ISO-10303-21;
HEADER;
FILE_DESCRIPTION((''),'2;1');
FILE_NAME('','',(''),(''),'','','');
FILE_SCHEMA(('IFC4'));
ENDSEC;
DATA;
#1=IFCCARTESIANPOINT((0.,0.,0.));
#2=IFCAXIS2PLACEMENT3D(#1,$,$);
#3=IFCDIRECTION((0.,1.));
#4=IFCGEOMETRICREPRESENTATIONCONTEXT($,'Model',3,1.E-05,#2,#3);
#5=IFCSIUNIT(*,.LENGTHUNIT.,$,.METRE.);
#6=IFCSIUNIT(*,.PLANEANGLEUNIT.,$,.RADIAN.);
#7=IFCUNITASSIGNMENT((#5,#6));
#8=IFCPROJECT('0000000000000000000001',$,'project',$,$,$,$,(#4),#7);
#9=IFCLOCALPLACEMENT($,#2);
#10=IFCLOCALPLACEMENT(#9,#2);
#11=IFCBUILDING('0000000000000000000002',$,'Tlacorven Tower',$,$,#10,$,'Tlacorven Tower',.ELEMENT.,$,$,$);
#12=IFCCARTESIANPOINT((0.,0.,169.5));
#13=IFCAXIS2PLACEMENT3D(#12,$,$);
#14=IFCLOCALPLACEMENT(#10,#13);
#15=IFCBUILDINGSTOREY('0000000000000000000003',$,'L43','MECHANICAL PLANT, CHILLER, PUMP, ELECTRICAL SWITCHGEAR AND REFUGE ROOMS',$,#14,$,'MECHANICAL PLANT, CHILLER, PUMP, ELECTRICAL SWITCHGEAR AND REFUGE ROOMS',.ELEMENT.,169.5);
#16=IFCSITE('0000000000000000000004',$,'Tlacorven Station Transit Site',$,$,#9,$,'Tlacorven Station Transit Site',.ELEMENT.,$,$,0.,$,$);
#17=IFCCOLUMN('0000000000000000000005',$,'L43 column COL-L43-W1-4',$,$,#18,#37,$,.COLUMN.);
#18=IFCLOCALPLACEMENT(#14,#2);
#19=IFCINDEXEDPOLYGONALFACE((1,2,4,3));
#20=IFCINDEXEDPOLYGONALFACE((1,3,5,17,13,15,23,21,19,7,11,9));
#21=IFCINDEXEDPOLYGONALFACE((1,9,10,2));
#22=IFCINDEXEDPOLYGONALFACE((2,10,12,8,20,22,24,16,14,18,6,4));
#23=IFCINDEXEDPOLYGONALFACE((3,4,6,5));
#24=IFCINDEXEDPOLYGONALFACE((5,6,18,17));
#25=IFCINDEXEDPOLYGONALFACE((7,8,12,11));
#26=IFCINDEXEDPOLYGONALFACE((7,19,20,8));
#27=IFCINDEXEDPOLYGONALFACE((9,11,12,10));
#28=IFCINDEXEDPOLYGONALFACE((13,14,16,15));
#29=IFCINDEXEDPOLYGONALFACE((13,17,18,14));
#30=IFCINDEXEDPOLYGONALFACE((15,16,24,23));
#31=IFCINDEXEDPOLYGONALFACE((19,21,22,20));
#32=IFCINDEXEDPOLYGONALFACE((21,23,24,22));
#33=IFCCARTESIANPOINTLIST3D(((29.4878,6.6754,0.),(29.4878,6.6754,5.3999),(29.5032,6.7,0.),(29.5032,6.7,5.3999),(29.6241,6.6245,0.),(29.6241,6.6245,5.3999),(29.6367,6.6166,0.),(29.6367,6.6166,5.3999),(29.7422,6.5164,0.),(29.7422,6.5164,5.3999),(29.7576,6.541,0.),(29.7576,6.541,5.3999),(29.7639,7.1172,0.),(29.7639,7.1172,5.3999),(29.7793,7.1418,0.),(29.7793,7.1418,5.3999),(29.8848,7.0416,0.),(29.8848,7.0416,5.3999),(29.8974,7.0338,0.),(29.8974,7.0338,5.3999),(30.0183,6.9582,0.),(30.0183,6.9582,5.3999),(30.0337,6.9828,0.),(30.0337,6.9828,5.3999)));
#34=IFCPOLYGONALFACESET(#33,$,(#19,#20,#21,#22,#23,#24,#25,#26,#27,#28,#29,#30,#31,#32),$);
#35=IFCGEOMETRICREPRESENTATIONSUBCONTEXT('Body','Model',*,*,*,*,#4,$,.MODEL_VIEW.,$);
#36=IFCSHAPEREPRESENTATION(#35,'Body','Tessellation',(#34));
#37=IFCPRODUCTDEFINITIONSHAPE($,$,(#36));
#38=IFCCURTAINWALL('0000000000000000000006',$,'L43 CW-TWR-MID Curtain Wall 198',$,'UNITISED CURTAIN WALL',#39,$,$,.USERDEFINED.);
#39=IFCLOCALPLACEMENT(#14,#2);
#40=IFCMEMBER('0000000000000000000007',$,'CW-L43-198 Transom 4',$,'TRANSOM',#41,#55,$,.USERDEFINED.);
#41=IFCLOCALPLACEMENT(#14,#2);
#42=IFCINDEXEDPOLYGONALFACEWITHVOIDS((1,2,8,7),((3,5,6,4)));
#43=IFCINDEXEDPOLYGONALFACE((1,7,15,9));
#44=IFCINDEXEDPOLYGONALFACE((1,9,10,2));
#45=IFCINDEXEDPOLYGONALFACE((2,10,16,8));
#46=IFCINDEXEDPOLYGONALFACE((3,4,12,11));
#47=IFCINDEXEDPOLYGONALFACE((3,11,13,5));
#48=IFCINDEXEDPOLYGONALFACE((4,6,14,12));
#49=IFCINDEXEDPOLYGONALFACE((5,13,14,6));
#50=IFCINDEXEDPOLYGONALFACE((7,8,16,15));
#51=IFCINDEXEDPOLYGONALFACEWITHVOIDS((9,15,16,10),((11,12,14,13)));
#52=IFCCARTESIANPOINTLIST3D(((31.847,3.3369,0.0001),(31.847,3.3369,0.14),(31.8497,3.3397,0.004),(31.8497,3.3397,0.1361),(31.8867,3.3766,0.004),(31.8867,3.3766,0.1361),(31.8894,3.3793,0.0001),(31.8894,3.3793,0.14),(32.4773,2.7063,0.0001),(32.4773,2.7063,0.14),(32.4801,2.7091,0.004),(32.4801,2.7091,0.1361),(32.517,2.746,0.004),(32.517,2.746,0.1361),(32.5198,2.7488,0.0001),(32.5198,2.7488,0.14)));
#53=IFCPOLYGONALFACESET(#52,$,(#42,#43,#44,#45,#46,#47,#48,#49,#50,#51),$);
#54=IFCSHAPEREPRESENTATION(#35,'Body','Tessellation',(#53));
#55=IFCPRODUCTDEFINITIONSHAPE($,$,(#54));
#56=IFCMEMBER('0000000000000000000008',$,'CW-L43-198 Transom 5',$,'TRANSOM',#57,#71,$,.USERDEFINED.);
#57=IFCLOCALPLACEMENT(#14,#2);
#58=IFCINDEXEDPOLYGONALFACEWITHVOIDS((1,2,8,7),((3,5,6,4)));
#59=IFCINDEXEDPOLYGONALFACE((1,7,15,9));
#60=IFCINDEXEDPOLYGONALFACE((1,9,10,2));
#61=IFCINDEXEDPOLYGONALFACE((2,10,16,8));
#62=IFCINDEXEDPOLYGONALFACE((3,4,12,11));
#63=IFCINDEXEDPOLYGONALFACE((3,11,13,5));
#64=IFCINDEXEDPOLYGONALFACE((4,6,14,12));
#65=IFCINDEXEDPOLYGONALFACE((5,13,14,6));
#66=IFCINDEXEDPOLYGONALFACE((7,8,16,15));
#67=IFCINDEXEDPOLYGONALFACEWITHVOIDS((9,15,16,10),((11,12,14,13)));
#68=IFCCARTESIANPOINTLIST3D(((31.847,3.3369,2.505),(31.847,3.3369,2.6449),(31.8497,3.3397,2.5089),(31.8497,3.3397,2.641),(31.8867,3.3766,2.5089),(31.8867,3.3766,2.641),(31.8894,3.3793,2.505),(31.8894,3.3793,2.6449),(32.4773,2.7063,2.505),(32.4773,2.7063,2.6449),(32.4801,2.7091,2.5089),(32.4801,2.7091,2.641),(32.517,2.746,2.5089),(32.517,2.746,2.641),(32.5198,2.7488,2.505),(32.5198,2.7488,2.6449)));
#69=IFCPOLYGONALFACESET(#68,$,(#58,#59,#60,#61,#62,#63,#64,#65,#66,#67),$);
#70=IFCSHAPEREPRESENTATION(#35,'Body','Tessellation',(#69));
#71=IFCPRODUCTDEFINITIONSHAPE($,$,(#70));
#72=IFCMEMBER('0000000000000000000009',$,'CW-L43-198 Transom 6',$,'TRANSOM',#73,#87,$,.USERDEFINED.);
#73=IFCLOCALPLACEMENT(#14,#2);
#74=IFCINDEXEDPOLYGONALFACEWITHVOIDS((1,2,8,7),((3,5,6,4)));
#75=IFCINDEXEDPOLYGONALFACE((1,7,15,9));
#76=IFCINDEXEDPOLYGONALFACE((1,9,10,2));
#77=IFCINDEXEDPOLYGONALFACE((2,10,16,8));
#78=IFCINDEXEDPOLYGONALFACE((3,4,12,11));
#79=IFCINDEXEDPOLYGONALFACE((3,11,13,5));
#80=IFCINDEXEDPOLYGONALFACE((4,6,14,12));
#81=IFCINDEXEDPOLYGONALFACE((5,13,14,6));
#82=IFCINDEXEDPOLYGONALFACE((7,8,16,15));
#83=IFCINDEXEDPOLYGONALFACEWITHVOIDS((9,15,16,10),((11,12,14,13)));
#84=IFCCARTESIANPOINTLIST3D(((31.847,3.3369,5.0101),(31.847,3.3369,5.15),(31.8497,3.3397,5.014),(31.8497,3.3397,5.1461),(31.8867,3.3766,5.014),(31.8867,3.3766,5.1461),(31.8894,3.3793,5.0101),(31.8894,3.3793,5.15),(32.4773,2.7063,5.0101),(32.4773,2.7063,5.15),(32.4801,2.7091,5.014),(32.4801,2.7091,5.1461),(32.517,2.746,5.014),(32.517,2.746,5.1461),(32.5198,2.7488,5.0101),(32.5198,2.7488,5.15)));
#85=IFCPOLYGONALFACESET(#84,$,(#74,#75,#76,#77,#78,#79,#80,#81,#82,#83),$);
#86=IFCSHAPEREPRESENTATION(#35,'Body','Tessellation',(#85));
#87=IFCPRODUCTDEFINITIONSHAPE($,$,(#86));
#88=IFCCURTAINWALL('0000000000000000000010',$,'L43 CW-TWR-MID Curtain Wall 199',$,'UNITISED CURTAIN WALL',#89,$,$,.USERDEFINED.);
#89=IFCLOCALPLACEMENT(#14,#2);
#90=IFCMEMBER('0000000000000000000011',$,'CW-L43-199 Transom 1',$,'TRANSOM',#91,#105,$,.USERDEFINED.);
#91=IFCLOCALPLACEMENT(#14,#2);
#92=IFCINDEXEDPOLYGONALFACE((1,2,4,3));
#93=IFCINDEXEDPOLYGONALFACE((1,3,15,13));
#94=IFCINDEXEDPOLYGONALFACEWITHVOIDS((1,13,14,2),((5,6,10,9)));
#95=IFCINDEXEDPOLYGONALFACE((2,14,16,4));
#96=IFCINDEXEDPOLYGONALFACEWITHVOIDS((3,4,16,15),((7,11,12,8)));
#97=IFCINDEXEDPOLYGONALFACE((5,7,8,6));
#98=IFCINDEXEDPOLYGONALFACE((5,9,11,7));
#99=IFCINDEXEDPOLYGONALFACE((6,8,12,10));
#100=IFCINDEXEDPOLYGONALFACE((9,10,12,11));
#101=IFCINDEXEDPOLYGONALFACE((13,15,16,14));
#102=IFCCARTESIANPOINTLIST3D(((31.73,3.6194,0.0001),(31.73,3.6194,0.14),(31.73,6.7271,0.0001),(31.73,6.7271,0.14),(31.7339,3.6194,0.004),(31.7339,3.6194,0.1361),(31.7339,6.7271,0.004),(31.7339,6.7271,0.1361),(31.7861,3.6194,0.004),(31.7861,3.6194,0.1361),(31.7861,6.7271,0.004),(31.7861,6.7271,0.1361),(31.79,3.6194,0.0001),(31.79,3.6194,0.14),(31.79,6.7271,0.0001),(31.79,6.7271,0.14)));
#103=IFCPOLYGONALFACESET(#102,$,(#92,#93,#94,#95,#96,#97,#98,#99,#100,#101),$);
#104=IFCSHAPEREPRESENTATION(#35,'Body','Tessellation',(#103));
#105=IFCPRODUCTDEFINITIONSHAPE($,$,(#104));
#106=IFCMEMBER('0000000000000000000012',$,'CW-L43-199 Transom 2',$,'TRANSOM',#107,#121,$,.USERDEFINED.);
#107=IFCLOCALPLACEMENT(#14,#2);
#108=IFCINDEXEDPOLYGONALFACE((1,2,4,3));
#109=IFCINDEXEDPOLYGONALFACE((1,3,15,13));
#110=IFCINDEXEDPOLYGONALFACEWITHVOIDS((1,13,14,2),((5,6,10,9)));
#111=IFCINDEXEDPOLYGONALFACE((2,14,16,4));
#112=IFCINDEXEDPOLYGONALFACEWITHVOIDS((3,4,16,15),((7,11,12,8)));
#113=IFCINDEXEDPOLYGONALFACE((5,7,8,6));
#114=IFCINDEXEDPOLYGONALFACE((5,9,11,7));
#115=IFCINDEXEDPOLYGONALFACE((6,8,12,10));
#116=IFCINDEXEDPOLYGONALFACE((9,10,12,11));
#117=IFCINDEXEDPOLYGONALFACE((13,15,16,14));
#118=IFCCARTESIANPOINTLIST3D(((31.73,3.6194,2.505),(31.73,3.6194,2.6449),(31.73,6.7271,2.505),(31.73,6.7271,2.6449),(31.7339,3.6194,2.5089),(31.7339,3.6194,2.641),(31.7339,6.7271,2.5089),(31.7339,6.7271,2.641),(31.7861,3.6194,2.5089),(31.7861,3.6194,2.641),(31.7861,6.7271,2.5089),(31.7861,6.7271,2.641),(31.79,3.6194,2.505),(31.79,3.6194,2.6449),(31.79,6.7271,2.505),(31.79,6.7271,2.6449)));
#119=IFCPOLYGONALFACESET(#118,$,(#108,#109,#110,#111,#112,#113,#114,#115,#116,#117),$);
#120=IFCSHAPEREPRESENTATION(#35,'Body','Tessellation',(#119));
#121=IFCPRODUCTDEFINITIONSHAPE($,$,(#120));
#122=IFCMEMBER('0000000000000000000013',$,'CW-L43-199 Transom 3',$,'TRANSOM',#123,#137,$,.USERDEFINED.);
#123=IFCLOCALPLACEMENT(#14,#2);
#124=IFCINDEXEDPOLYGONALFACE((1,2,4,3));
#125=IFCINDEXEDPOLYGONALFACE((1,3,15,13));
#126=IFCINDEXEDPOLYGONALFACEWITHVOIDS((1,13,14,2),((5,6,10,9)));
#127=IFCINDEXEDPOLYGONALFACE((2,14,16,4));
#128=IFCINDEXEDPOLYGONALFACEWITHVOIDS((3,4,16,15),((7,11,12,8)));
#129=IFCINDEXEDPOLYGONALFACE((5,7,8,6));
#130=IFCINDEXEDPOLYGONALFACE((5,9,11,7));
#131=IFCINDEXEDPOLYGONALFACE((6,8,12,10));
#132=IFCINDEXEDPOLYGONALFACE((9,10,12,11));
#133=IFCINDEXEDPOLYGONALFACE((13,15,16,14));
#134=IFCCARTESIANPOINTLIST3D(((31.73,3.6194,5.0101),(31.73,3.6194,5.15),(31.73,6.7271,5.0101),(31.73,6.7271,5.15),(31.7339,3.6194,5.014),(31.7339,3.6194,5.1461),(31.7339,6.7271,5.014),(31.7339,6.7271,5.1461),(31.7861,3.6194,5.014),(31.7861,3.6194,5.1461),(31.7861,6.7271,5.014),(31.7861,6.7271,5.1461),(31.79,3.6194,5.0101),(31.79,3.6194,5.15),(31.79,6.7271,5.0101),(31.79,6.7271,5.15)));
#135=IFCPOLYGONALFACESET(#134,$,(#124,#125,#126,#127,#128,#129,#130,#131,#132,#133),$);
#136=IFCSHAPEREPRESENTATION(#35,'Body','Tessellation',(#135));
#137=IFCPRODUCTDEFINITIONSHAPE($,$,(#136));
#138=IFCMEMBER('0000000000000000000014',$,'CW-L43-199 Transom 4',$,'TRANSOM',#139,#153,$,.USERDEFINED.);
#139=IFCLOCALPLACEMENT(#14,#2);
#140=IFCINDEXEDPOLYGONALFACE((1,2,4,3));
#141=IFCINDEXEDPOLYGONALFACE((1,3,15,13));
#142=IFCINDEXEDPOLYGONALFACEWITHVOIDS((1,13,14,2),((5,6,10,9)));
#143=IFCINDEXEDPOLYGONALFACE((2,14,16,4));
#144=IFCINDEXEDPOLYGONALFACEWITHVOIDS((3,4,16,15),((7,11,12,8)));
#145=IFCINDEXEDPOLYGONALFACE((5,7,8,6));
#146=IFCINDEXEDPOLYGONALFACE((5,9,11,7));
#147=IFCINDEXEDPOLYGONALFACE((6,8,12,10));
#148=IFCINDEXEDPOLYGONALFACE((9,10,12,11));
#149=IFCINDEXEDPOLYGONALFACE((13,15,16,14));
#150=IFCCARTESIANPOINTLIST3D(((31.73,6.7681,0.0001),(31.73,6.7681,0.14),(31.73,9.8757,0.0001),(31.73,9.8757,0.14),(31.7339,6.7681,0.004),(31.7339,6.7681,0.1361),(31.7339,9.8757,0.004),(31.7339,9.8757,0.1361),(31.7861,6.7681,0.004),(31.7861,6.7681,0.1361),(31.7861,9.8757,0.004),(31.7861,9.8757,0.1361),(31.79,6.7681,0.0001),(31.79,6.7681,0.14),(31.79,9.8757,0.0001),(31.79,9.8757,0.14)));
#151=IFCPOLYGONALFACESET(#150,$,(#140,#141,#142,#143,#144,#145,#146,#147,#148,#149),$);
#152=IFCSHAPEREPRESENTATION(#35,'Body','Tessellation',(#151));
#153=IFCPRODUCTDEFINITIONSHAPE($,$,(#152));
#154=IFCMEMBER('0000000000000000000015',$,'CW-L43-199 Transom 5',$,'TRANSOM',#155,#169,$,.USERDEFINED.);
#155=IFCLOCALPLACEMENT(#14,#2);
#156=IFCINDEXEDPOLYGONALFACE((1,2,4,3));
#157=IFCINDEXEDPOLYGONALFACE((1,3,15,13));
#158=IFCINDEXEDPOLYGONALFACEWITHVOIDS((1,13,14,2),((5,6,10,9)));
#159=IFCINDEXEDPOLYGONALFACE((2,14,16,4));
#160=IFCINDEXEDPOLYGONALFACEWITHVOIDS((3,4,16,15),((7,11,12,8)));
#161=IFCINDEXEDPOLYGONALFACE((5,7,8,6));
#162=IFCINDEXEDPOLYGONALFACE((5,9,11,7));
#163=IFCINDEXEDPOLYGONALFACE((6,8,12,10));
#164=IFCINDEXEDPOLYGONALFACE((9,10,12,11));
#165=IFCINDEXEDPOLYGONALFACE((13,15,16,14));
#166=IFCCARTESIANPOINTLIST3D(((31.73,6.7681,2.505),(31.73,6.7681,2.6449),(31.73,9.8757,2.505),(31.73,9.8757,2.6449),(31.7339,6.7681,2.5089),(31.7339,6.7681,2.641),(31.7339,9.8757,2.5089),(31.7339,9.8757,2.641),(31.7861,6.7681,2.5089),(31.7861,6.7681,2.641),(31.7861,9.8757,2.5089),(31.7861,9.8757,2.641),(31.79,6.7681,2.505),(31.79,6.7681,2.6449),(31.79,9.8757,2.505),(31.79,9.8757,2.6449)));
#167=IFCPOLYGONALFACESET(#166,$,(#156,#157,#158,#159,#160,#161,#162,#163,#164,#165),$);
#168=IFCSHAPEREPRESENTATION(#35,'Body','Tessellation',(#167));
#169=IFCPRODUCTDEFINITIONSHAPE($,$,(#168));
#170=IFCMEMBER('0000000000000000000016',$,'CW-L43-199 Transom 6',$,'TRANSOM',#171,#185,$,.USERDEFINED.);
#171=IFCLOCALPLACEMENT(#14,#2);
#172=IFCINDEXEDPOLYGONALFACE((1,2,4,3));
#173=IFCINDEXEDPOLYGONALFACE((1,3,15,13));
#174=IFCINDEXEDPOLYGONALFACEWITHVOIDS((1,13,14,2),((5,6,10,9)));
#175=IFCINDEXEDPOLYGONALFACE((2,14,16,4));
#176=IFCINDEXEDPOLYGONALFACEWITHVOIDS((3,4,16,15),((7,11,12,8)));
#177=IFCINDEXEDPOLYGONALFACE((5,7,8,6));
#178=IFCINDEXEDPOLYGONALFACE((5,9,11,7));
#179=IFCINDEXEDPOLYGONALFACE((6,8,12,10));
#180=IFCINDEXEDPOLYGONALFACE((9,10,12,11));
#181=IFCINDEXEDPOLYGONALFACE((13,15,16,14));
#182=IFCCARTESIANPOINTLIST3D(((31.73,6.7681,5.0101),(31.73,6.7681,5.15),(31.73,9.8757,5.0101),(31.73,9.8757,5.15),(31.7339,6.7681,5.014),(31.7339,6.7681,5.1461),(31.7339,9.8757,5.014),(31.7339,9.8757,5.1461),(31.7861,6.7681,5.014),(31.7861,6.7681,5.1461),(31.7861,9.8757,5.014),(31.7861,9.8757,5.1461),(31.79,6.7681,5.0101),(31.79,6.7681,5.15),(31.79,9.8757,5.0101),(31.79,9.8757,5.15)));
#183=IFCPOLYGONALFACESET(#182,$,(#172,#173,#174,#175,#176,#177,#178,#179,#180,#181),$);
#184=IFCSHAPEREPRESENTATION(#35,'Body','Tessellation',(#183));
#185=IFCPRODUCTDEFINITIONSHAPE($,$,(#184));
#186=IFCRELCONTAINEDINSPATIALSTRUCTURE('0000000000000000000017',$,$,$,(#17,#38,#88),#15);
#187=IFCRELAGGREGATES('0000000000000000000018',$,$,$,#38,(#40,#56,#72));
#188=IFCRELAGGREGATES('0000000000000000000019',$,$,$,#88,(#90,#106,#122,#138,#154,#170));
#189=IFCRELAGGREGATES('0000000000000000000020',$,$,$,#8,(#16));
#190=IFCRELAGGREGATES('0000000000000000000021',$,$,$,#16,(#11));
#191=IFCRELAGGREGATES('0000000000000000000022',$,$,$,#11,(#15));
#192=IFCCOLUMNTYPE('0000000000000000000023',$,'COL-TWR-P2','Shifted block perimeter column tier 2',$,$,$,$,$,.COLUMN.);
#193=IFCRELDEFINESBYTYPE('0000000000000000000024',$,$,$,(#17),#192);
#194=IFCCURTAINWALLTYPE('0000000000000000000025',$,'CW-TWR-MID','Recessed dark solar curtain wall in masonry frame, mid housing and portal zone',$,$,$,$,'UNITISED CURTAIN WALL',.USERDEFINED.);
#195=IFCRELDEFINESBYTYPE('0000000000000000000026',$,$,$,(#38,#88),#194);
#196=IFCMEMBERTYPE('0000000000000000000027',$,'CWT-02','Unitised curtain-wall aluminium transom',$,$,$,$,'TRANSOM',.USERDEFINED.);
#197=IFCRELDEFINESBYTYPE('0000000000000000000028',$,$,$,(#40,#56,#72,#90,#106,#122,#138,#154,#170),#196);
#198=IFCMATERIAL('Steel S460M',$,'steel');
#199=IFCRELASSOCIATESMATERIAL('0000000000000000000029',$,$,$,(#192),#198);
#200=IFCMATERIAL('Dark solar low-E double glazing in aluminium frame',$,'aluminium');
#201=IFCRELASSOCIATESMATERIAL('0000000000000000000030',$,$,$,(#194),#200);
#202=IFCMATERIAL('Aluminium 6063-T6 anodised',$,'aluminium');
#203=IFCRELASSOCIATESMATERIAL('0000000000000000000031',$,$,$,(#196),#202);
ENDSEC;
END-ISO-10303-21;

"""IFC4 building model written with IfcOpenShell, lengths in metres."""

from ifc_helpers import new_model, si_unit, direction, frame, origin, origin_2d, place, context, subcontext, project, spatial, hollow_rectangle, i_section, extrude, source, transform, mapped, material, material_profile, profile_set, type_object, element, aggregate, save


model = new_model("IFC4")

# Units and contexts
model_context = context("Model", 3, precision=1e-05, world=origin(), true_north=direction((0.0, 1.0)))
body_context = subcontext(model_context, "Body", "Model", "MODEL_VIEW")
ifc_project = project(units=[si_unit("LENGTHUNIT", "METRE"), si_unit("PLANEANGLEUNIT", "RADIAN")], contexts=[model_context])

# Site, building, storey
site_placement = place(None, origin())
site = spatial("IfcSite", under=ifc_project, at=site_placement, Name="Tlacorven Station Transit Site", LongName="Tlacorven Station Transit Site", CompositionType="ELEMENT", RefElevation=0.0)
building_placement = place(site_placement, origin())
building = spatial("IfcBuilding", under=site, at=building_placement, Name="Tlacorven Tower", LongName="Tlacorven Tower", CompositionType="ELEMENT")
storey_placement = place(building_placement, frame((0.0, 0.0, 169.5)))
storey = spatial("IfcBuildingStorey", under=building, at=storey_placement, Name="L43", Description="MECHANICAL PLANT, CHILLER, PUMP, ELECTRICAL SWITCHGEAR AND REFUGE ROOMS", LongName="MECHANICAL PLANT, CHILLER, PUMP, ELECTRICAL SWITCHGEAR AND REFUGE ROOMS", CompositionType="ELEMENT", Elevation=169.5)

# Column
ifc_material_1 = material(Name="Steel S460M", Category="steel")
ifc_material_profile_1 = material_profile(ifc_material_1, i_section(OverallWidth=0.3, OverallDepth=0.55, WebThickness=0.0149, FlangeThickness=0.0291, at=origin_2d()), Name="HEB 550")
ifc_profile_set_1 = profile_set([ifc_material_profile_1], Name="Steel S460M")
column_type = type_object("IfcColumnType", Name="COL-TWR-P2", Description="Shifted block perimeter column tier 2", PredefinedType="COLUMN", material=ifc_profile_set_1)
shared_shape_1 = source(origin(), body_context, "Body", "SweptSolid", [
    extrude(i_section(OverallWidth=0.3, OverallDepth=0.55, WebThickness=0.0149, FlangeThickness=0.0291, at=origin_2d()), origin(), (0.0, 0.0, 1.0), 5.3999),
])
column_placement = place(storey_placement, frame((29.7607, 6.8291, 0.0), z_axis=(0.0, 0.0, 1.0), x_axis=(-0.848048, 0.529919, 0.0)))
element("IfcColumn", 1, at=column_placement, inside=storey, type_object=column_type, Name="L43 column COL-L43-W1-4", PredefinedType="COLUMN", context=body_context, shape_type="MappedRepresentation", body=[
    mapped(shared_shape_1, transform((0.0, 0.0, 0.0), scale=1.0)),
])

# Curtain walls, members
ifc_material_2 = material(Name="Dark solar low-E double glazing in aluminium frame", Category="aluminium")
curtain_wall_type = type_object("IfcCurtainWallType", Name="CW-TWR-MID", Description="Recessed dark solar curtain wall in masonry frame, mid housing and portal zone", ElementType="UNITISED CURTAIN WALL", PredefinedType="USERDEFINED", material=ifc_material_2)
curtain_wall_1_placement = place(storey_placement, origin())
curtain_wall_1 = element("IfcCurtainWall", 2, at=curtain_wall_1_placement, inside=storey, type_object=curtain_wall_type, Name="L43 CW-TWR-MID Curtain Wall 198", ObjectType="UNITISED CURTAIN WALL", PredefinedType="USERDEFINED")
ifc_material_3 = material(Name="Aluminium 6063-T6 anodised", Category="aluminium")
ifc_material_profile_2 = material_profile(ifc_material_3, hollow_rectangle(XDim=0.0601, YDim=0.1399, WallThickness=0.0039, at=origin_2d()), Name="ALU TRANSOM 60X140")
ifc_profile_set_2 = profile_set([ifc_material_profile_2], Name="Aluminium 6063-T6 anodised")
member_type_1 = type_object("IfcMemberType", Name="CWT-02", Description="Unitised curtain-wall aluminium transom", ElementType="TRANSOM", PredefinedType="USERDEFINED", material=ifc_profile_set_2)
shared_shape_2 = source(origin(), body_context, "Body", "SweptSolid", [
    extrude(hollow_rectangle(XDim=0.0601, YDim=0.1399, WallThickness=0.0039, at=origin_2d()), origin(), (0.0, 0.0, 1.0), 0.8916),
])
member_1_placement = place(storey_placement, frame((32.4985, 2.7275, 0.0701), z_axis=(-0.70697, 0.707244, 0.0), x_axis=(-0.707244, -0.70697, 0.0)))
member_1 = element("IfcMember", 3, at=member_1_placement, type_object=member_type_1, Name="CW-L43-198 Transom 4", ObjectType="TRANSOM", PredefinedType="USERDEFINED", context=body_context, shape_type="MappedRepresentation", body=[
    mapped(shared_shape_2, transform((0.0, 0.0, 0.0), scale=1.0)),
])
member_2_placement = place(storey_placement, frame((32.4985, 2.7275, 2.575), z_axis=(-0.70697, 0.707244, 0.0), x_axis=(-0.707244, -0.70697, 0.0)))
member_2 = element("IfcMember", 4, at=member_2_placement, type_object=member_type_1, Name="CW-L43-198 Transom 5", ObjectType="TRANSOM", PredefinedType="USERDEFINED", context=body_context, shape_type="MappedRepresentation", body=[
    mapped(shared_shape_2, transform((0.0, 0.0, 0.0), scale=1.0)),
])
member_3_placement = place(storey_placement, frame((32.4985, 2.7275, 5.0801), z_axis=(-0.70697, 0.707244, 0.0), x_axis=(-0.707244, -0.70697, 0.0)))
member_3 = element("IfcMember", 5, at=member_3_placement, type_object=member_type_1, Name="CW-L43-198 Transom 6", ObjectType="TRANSOM", PredefinedType="USERDEFINED", context=body_context, shape_type="MappedRepresentation", body=[
    mapped(shared_shape_2, transform((0.0, 0.0, 0.0), scale=1.0)),
])
curtain_wall_2_placement = place(storey_placement, origin())
curtain_wall_2 = element("IfcCurtainWall", 6, at=curtain_wall_2_placement, inside=storey, type_object=curtain_wall_type, Name="L43 CW-TWR-MID Curtain Wall 199", ObjectType="UNITISED CURTAIN WALL", PredefinedType="USERDEFINED")
shared_shape_3 = source(origin(), body_context, "Body", "SweptSolid", [
    extrude(hollow_rectangle(XDim=0.0601, YDim=0.1399, WallThickness=0.0039, at=origin_2d()), origin(), (0.0, 0.0, 1.0), 3.1077),
])
member_4_placement = place(storey_placement, frame((31.76, 3.6194, 0.0701), z_axis=(0.0, 1.0, 0.0), x_axis=(-1.0, 0.0, 0.0)))
member_4 = element("IfcMember", 7, at=member_4_placement, type_object=member_type_1, Name="CW-L43-199 Transom 1", ObjectType="TRANSOM", PredefinedType="USERDEFINED", context=body_context, shape_type="MappedRepresentation", body=[
    mapped(shared_shape_3, transform((0.0, 0.0, 0.0), scale=1.0)),
])
member_5_placement = place(storey_placement, frame((31.76, 3.6194, 2.575), z_axis=(0.0, 1.0, 0.0), x_axis=(-1.0, 0.0, 0.0)))
member_5 = element("IfcMember", 8, at=member_5_placement, type_object=member_type_1, Name="CW-L43-199 Transom 2", ObjectType="TRANSOM", PredefinedType="USERDEFINED", context=body_context, shape_type="MappedRepresentation", body=[
    mapped(shared_shape_3, transform((0.0, 0.0, 0.0), scale=1.0)),
])
member_6_placement = place(storey_placement, frame((31.76, 3.6194, 5.0801), z_axis=(0.0, 1.0, 0.0), x_axis=(-1.0, 0.0, 0.0)))
member_6 = element("IfcMember", 9, at=member_6_placement, type_object=member_type_1, Name="CW-L43-199 Transom 3", ObjectType="TRANSOM", PredefinedType="USERDEFINED", context=body_context, shape_type="MappedRepresentation", body=[
    mapped(shared_shape_3, transform((0.0, 0.0, 0.0), scale=1.0)),
])
member_7_placement = place(storey_placement, frame((31.76, 6.7681, 0.0701), z_axis=(0.0, 1.0, 0.0), x_axis=(-1.0, 0.0, 0.0)))
member_7 = element("IfcMember", 10, at=member_7_placement, type_object=member_type_1, Name="CW-L43-199 Transom 4", ObjectType="TRANSOM", PredefinedType="USERDEFINED", context=body_context, shape_type="MappedRepresentation", body=[
    mapped(shared_shape_3, transform((0.0, 0.0, 0.0), scale=1.0)),
])
member_8_placement = place(storey_placement, frame((31.76, 6.7681, 2.575), z_axis=(0.0, 1.0, 0.0), x_axis=(-1.0, 0.0, 0.0)))
member_8 = element("IfcMember", 11, at=member_8_placement, type_object=member_type_1, Name="CW-L43-199 Transom 5", ObjectType="TRANSOM", PredefinedType="USERDEFINED", context=body_context, shape_type="MappedRepresentation", body=[
    mapped(shared_shape_3, transform((0.0, 0.0, 0.0), scale=1.0)),
])
member_9_placement = place(storey_placement, frame((31.76, 6.7681, 5.0801), z_axis=(0.0, 1.0, 0.0), x_axis=(-1.0, 0.0, 0.0)))
member_9 = element("IfcMember", 12, at=member_9_placement, type_object=member_type_1, Name="CW-L43-199 Transom 6", ObjectType="TRANSOM", PredefinedType="USERDEFINED", context=body_context, shape_type="MappedRepresentation", body=[
    mapped(shared_shape_3, transform((0.0, 0.0, 0.0), scale=1.0)),
])

aggregate(curtain_wall_1, [member_1, member_2, member_3])
aggregate(curtain_wall_2, [member_4, member_5, member_6, member_7, member_8, member_9])

save(model, "model.ifc")
